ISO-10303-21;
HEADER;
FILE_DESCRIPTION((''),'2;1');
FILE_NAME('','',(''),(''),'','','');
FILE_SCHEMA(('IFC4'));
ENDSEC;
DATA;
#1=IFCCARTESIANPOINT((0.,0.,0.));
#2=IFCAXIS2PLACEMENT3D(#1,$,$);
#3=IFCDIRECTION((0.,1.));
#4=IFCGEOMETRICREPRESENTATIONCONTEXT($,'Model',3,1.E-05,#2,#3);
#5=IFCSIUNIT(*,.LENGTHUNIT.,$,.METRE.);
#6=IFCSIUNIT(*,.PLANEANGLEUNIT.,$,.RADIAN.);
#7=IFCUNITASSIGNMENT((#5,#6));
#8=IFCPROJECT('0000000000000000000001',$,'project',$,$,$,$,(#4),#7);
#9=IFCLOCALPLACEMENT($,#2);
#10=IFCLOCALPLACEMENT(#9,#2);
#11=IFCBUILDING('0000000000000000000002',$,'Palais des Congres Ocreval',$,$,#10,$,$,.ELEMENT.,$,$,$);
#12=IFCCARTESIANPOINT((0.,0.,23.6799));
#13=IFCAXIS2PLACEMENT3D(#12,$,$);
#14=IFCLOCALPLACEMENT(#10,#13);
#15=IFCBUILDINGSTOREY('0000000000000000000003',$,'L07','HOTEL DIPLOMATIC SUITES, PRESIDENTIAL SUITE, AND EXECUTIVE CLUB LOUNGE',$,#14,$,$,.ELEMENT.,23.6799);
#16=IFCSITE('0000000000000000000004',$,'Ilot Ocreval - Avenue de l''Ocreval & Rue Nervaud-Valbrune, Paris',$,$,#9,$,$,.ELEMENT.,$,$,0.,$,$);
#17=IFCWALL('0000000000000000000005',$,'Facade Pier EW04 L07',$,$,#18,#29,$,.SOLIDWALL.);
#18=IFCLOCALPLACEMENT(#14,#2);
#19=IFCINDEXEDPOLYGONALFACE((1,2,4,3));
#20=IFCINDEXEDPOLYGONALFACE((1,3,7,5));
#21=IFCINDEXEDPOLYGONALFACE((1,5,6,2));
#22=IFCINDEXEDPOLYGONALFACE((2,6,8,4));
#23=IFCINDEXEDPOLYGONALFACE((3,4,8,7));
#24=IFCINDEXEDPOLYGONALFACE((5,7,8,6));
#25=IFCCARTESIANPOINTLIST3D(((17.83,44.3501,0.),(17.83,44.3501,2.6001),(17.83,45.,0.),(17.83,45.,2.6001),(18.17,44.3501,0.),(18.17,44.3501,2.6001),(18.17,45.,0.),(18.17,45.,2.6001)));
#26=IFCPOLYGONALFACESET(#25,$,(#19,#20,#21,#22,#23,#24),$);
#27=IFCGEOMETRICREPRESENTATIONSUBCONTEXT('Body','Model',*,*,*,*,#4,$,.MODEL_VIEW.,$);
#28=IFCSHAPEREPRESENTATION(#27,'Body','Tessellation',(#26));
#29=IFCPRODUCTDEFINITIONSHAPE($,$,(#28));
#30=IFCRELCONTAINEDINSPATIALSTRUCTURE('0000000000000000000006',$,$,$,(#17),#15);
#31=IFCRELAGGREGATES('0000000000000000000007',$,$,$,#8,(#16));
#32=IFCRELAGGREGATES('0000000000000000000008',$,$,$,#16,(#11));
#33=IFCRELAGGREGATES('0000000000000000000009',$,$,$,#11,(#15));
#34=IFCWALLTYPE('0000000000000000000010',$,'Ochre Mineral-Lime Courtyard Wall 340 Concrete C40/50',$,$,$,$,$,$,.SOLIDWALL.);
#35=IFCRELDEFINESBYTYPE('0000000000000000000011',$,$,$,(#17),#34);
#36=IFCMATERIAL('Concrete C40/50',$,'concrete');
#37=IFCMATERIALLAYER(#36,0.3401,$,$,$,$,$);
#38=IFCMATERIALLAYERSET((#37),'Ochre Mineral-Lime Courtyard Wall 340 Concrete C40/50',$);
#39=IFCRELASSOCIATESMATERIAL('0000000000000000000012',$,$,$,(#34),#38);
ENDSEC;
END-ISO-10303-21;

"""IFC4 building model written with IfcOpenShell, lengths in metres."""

from ifc_helpers import new_model, si_unit, direction, frame, frame_2d, origin, place, context, subcontext, project, spatial, rectangle, extrude, material, layer, layer_set, type_object, element, save


model = new_model("IFC4")

# Units and contexts
model_context = context("Model", 3, precision=1e-05, world=origin(), true_north=direction((0.0, 1.0)))
body_context = subcontext(model_context, "Body", "Model", "MODEL_VIEW")
ifc_project = project(units=[si_unit("LENGTHUNIT", "METRE"), si_unit("PLANEANGLEUNIT", "RADIAN")], contexts=[model_context])

# Site, building, storey
site_placement = place(None, origin())
site = spatial("IfcSite", under=ifc_project, at=site_placement, Name="Ilot Ocreval - Avenue de l'Ocreval & Rue Nervaud-Valbrune, Paris", CompositionType="ELEMENT", RefElevation=0.0)
building_placement = place(site_placement, origin())
building = spatial("IfcBuilding", under=site, at=building_placement, Name="Palais des Congres Ocreval", CompositionType="ELEMENT")
storey_placement = place(building_placement, frame((0.0, 0.0, 23.6799)))
storey = spatial("IfcBuildingStorey", under=building, at=storey_placement, Name="L07", Description="HOTEL DIPLOMATIC SUITES, PRESIDENTIAL SUITE, AND EXECUTIVE CLUB LOUNGE", CompositionType="ELEMENT", Elevation=23.6799)

# Shared definitions
ifc_material_1 = material(Name="Concrete C40/50", Category="concrete")
ifc_layer_1 = layer(ifc_material_1, 0.3401)
ifc_layer_set_1 = layer_set([ifc_layer_1], Name="Ochre Mineral-Lime Courtyard Wall 340 Concrete C40/50")
wall_type = type_object("IfcWallType", Name="Ochre Mineral-Lime Courtyard Wall 340 Concrete C40/50", PredefinedType="SOLIDWALL", material=ifc_layer_set_1)

# Wall
wall_1_placement = place(storey_placement, frame((18.0, 45.0, 0.0), z_axis=(0.0, 0.0, 1.0), x_axis=(0.0, -1.0, 0.0)))
element("IfcWall", 1, at=wall_1_placement, inside=storey, type_object=wall_type, Name="Facade Pier EW04 L07", PredefinedType="SOLIDWALL", context=body_context, shape_type="SweptSolid", body=[
    extrude(rectangle(XDim=0.6499, YDim=0.3401, at=frame_2d((0.325, 0.0))), origin(), (0.0, 0.0, 1.0), 2.6001),
])

save(model, "model.ifc")
